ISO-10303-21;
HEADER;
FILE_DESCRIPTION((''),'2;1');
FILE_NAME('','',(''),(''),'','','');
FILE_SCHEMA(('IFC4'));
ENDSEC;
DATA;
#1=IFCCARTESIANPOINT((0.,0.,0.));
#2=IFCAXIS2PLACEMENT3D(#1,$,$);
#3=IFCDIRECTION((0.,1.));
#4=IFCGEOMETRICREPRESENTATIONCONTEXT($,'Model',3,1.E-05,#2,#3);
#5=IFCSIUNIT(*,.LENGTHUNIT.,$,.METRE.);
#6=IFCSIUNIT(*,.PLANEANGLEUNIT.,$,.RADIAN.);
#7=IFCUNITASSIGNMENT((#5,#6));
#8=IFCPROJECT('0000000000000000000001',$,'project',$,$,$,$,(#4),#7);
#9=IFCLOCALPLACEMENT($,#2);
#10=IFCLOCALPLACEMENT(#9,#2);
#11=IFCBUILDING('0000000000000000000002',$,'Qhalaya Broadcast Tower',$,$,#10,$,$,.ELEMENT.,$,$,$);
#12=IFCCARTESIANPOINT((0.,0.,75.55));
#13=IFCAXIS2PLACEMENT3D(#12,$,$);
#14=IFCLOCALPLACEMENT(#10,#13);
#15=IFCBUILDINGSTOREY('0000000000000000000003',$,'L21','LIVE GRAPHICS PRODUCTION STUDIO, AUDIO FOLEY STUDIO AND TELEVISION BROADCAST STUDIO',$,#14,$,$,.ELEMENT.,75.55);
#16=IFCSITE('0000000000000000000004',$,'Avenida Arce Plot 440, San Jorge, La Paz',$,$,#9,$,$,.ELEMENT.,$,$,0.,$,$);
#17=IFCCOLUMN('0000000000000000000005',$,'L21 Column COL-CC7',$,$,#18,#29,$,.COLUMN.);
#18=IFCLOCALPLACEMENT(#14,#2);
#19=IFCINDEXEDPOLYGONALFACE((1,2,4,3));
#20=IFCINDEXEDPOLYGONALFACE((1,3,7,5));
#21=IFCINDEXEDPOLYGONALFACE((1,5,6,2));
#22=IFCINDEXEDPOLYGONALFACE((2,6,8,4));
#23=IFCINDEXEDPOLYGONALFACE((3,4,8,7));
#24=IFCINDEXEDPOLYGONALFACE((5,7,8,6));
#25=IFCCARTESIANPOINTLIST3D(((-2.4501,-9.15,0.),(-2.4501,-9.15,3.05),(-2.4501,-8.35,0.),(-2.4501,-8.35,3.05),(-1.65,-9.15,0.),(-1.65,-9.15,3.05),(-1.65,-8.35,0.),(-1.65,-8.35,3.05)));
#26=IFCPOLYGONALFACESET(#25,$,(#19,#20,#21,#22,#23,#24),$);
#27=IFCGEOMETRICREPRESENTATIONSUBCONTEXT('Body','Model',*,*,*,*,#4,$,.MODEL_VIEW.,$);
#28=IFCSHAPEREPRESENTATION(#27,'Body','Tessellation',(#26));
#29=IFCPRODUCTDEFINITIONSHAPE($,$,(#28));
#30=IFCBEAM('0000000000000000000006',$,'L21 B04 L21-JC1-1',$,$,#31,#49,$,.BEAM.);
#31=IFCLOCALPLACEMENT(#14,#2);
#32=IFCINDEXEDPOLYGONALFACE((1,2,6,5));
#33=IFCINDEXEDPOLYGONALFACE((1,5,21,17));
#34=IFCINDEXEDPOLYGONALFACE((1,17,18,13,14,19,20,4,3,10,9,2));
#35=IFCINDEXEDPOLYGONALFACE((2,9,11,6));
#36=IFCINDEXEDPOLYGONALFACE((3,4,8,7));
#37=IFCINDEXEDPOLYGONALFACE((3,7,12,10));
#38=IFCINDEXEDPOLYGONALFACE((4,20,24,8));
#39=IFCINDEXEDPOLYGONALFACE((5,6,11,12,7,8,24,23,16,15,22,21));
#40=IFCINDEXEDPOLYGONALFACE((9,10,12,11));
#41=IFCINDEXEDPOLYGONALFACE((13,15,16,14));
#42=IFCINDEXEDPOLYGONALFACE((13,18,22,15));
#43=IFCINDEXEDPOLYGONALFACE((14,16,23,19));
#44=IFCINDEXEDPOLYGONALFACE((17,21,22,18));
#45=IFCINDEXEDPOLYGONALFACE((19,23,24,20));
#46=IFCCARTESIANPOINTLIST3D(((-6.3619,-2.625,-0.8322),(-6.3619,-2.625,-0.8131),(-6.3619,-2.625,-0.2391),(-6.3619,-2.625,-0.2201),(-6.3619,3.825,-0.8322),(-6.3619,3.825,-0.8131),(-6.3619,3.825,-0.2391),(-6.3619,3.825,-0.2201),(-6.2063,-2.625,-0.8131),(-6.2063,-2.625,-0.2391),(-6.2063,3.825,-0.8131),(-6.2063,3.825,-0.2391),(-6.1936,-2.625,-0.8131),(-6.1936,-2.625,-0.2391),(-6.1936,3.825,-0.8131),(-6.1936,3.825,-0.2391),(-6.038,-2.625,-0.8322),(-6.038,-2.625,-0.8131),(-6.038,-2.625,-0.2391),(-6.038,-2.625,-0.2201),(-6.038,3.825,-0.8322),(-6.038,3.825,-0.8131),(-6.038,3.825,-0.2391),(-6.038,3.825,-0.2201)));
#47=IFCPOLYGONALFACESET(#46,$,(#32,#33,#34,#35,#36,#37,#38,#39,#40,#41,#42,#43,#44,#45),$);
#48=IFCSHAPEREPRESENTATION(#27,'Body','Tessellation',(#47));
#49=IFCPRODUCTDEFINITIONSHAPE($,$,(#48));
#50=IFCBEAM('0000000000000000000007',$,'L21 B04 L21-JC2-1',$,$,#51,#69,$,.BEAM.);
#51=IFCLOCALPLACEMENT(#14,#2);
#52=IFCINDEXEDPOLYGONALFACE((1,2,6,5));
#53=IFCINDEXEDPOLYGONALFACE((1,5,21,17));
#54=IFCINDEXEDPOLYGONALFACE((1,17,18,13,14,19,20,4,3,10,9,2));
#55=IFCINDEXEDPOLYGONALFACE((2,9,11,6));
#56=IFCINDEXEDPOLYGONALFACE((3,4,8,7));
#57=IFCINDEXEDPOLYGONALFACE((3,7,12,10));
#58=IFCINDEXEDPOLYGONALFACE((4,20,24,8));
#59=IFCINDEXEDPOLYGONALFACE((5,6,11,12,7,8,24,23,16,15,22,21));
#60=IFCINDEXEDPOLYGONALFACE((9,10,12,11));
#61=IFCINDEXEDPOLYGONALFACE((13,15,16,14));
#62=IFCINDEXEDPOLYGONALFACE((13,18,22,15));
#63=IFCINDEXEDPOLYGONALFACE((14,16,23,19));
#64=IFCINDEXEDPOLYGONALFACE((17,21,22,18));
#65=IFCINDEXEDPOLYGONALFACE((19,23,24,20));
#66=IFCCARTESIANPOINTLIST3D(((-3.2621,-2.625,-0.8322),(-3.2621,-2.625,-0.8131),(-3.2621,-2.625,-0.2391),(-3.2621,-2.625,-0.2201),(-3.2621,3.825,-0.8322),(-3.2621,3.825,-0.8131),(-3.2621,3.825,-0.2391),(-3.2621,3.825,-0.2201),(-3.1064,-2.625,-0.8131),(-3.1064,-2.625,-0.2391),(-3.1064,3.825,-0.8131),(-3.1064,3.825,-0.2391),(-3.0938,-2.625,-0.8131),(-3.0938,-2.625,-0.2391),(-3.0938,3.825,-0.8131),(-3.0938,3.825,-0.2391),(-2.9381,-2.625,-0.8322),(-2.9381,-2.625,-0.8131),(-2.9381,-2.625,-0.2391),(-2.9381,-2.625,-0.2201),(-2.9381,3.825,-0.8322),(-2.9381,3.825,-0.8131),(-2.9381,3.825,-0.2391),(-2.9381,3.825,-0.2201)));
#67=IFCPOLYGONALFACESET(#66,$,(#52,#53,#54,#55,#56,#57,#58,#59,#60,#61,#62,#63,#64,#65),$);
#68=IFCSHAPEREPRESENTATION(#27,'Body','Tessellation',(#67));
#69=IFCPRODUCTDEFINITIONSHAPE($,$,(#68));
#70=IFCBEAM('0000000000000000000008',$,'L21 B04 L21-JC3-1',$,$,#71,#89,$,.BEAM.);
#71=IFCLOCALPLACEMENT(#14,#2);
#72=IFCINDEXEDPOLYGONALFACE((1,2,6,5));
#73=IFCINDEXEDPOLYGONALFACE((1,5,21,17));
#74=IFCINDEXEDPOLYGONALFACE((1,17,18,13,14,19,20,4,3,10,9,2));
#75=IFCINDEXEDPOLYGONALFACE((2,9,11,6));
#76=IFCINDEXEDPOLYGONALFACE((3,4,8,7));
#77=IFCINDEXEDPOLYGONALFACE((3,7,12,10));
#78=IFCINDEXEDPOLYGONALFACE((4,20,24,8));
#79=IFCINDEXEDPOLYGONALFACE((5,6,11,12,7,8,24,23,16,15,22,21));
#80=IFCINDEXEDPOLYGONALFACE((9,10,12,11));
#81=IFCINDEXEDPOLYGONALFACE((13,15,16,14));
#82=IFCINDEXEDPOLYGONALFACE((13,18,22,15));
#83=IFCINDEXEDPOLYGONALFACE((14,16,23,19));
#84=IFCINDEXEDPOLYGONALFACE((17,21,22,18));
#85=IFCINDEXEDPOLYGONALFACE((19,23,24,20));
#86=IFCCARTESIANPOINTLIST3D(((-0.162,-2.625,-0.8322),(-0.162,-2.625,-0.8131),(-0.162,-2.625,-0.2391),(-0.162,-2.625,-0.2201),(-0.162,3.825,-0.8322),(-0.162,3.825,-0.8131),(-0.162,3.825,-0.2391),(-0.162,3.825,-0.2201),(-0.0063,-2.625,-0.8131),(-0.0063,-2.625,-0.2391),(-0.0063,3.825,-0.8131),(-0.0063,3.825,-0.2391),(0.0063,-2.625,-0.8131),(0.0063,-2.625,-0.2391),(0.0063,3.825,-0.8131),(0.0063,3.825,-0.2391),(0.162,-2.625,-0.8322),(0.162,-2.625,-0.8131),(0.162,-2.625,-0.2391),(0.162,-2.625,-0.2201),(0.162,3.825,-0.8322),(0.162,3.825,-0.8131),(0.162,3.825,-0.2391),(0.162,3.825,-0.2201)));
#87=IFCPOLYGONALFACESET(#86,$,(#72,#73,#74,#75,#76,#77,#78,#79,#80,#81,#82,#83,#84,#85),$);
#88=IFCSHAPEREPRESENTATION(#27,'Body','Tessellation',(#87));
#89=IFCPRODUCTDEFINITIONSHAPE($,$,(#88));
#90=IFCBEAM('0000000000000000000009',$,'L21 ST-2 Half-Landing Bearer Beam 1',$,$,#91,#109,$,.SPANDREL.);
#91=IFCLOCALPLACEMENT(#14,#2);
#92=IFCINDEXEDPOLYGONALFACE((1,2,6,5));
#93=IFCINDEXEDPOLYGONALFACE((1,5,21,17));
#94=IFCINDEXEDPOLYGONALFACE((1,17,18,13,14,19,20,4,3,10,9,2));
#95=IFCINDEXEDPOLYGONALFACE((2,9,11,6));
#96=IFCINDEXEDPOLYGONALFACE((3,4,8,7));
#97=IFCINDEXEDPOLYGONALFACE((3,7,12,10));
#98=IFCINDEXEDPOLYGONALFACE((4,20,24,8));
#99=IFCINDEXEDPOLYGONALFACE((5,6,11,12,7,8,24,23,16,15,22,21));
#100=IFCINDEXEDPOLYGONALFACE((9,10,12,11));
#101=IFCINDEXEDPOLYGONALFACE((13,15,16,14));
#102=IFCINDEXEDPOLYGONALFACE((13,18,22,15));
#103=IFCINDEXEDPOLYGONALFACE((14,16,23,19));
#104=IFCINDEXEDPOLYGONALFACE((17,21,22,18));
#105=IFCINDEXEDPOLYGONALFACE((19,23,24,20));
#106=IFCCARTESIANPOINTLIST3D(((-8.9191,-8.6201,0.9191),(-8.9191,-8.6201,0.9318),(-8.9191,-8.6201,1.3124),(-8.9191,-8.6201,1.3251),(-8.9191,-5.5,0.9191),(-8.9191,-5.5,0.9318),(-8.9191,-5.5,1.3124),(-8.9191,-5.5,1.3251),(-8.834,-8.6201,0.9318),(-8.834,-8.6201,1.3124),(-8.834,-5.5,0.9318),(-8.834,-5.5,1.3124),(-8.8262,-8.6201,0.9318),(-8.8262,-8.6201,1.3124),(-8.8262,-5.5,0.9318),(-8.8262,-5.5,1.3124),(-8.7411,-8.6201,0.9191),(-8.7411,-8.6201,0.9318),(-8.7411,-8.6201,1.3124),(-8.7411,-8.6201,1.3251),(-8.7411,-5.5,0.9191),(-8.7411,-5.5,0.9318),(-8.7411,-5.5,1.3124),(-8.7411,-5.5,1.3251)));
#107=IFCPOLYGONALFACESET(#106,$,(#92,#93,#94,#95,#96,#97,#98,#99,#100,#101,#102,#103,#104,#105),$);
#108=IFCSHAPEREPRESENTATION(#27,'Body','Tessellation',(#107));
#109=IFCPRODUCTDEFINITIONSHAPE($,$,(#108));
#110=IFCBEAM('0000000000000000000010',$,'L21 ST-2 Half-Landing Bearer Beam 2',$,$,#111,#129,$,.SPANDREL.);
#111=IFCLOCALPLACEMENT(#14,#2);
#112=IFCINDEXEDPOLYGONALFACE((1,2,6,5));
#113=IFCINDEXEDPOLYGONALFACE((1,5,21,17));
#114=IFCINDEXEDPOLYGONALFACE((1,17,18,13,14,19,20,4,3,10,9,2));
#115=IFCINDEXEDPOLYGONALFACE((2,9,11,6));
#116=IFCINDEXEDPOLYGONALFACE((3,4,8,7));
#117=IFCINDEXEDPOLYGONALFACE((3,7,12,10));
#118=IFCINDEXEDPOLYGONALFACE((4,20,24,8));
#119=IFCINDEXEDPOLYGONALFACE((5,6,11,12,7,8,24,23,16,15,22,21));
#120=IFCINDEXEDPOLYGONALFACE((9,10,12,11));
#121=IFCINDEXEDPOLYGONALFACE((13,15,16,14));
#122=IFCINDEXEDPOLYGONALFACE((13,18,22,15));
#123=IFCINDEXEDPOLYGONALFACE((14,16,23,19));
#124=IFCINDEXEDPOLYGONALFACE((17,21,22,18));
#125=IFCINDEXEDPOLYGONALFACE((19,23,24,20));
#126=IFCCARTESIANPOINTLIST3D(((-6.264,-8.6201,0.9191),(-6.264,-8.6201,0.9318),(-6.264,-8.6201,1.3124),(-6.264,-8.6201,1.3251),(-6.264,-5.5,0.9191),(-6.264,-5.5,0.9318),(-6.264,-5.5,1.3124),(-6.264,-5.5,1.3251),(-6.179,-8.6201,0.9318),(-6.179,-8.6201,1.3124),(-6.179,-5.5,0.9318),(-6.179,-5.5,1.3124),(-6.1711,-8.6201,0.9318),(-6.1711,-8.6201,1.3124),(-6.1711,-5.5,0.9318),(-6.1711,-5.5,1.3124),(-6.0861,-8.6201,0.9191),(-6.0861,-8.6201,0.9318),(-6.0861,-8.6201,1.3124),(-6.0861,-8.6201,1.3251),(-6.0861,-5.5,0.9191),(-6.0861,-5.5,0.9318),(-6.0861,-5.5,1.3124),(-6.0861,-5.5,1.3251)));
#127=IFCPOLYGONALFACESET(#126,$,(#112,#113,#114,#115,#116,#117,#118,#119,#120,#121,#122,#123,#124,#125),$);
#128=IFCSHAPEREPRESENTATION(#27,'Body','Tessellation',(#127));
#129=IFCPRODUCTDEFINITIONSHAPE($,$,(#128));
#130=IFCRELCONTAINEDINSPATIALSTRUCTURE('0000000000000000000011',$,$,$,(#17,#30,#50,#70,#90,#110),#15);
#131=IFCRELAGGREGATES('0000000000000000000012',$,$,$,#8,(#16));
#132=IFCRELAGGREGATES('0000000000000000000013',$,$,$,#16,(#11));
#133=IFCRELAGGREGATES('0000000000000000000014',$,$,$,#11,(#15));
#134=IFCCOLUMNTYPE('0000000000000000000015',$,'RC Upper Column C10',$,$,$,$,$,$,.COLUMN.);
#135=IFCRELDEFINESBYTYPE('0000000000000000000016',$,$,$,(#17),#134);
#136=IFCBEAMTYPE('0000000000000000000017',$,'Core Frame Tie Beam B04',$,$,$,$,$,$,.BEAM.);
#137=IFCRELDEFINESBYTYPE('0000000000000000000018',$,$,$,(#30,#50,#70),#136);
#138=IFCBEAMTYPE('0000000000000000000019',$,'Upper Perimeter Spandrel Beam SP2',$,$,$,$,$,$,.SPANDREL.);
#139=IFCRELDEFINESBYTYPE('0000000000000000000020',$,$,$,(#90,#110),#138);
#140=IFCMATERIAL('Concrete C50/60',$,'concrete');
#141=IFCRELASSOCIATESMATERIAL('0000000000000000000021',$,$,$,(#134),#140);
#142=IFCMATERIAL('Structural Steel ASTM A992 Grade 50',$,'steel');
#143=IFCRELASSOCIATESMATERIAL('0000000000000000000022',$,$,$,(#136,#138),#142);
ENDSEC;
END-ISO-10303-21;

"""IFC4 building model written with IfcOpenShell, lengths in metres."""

from ifc_helpers import new_model, si_unit, direction, frame, origin, origin_2d, place, context, subcontext, project, spatial, rectangle, i_section, extrude, material, material_profile, profile_set, type_object, element, save


model = new_model("IFC4")

# Units and contexts
model_context = context("Model", 3, precision=1e-05, world=origin(), true_north=direction((0.0, 1.0)))
body_context = subcontext(model_context, "Body", "Model", "MODEL_VIEW")
ifc_project = project(units=[si_unit("LENGTHUNIT", "METRE"), si_unit("PLANEANGLEUNIT", "RADIAN")], contexts=[model_context])

# Site, building, storey
site_placement = place(None, origin())
site = spatial("IfcSite", under=ifc_project, at=site_placement, Name="Avenida Arce Plot 440, San Jorge, La Paz", CompositionType="ELEMENT", RefElevation=0.0)
building_placement = place(site_placement, origin())
building = spatial("IfcBuilding", under=site, at=building_placement, Name="Qhalaya Broadcast Tower", CompositionType="ELEMENT")
storey_placement = place(building_placement, frame((0.0, 0.0, 75.55)))
storey = spatial("IfcBuildingStorey", under=building, at=storey_placement, Name="L21", Description="LIVE GRAPHICS PRODUCTION STUDIO, AUDIO FOLEY STUDIO AND TELEVISION BROADCAST STUDIO", CompositionType="ELEMENT", Elevation=75.55)

# Column
ifc_material_1 = material(Name="Concrete C50/60", Category="concrete")
ifc_material_profile_1 = material_profile(ifc_material_1, rectangle(XDim=0.8, YDim=0.8, at=origin_2d()), Name="RC-COL 800x800")
ifc_profile_set_1 = profile_set([ifc_material_profile_1], Name="Concrete C50/60")
column_type = type_object("IfcColumnType", Name="RC Upper Column C10", PredefinedType="COLUMN", material=ifc_profile_set_1)
column_placement = place(storey_placement, frame((-2.05, -8.75, 0.0), z_axis=(0.0, 0.0, 1.0), x_axis=(1.0, 0.0, 0.0)))
element("IfcColumn", 1, at=column_placement, inside=storey, type_object=column_type, Name="L21 Column COL-CC7", PredefinedType="COLUMN", context=body_context, shape_type="SweptSolid", body=[
    extrude(rectangle(XDim=0.8, YDim=0.8, at=origin_2d()), origin(), (0.0, 0.0, 1.0), 3.05),
])

# Beams
ifc_material_2 = material(Name="Structural Steel ASTM A992 Grade 50", Category="steel")
ifc_material_profile_2 = material_profile(ifc_material_2, i_section(OverallWidth=0.324, OverallDepth=0.6121, WebThickness=0.0127, FlangeThickness=0.019, at=origin_2d()), Name="W24X104")
ifc_profile_set_2 = profile_set([ifc_material_profile_2], Name="Structural Steel ASTM A992 Grade 50")
beam_type_1 = type_object("IfcBeamType", Name="Core Frame Tie Beam B04", PredefinedType="BEAM", material=ifc_profile_set_2)
for number, where, z_axis, x_axis, name in (
    (2, (-6.2, -2.625, -0.5261), (0.0, 1.0, 0.0), (-1.0, 0.0, 0.0), "L21 B04 L21-JC1-1"),
    (3, (-3.1001, -2.625, -0.5261), (0.0, 1.0, 0.0), (-1.0, 0.0, 0.0), "L21 B04 L21-JC2-1"),
    (4, (0.0, -2.625, -0.5261), (0.0, 1.0, 0.0), (-1.0, 0.0, 0.0), "L21 B04 L21-JC3-1"),
):
    element("IfcBeam", number, at=place(storey_placement, frame(where, z_axis=z_axis, x_axis=x_axis)), inside=storey, type_object=beam_type_1, Name=name, PredefinedType="BEAM", context=body_context, shape_type="SweptSolid", body=[
        extrude(i_section(OverallWidth=0.324, OverallDepth=0.6121, WebThickness=0.0127, FlangeThickness=0.019, at=origin_2d()), origin(), (0.0, 0.0, 1.0), 6.45),
    ])
ifc_material_profile_3 = material_profile(ifc_material_2, i_section(OverallWidth=0.178, OverallDepth=0.406, WebThickness=0.0078, FlangeThickness=0.0127, at=origin_2d()), Name="W16X40")
ifc_profile_set_3 = profile_set([ifc_material_profile_3], Name="Structural Steel ASTM A992 Grade 50")
beam_type_2 = type_object("IfcBeamType", Name="Upper Perimeter Spandrel Beam SP2", PredefinedType="SPANDREL", material=ifc_profile_set_3)
for number, where, z_axis, x_axis, name in (
    (5, (-8.8301, -8.6201, 1.1221), (0.0, 1.0, 0.0), (-1.0, 0.0, 0.0), "L21 ST-2 Half-Landing Bearer Beam 1"),
    (6, (-6.175, -8.6201, 1.1221), (0.0, 1.0, 0.0), (-1.0, 0.0, 0.0), "L21 ST-2 Half-Landing Bearer Beam 2"),
):
    element("IfcBeam", number, at=place(storey_placement, frame(where, z_axis=z_axis, x_axis=x_axis)), inside=storey, type_object=beam_type_2, Name=name, PredefinedType="SPANDREL", context=body_context, shape_type="SweptSolid", body=[
        extrude(i_section(OverallWidth=0.178, OverallDepth=0.406, WebThickness=0.0078, FlangeThickness=0.0127, at=origin_2d()), origin(), (0.0, 0.0, 1.0), 3.1201),
    ])

save(model, "model.ifc")
